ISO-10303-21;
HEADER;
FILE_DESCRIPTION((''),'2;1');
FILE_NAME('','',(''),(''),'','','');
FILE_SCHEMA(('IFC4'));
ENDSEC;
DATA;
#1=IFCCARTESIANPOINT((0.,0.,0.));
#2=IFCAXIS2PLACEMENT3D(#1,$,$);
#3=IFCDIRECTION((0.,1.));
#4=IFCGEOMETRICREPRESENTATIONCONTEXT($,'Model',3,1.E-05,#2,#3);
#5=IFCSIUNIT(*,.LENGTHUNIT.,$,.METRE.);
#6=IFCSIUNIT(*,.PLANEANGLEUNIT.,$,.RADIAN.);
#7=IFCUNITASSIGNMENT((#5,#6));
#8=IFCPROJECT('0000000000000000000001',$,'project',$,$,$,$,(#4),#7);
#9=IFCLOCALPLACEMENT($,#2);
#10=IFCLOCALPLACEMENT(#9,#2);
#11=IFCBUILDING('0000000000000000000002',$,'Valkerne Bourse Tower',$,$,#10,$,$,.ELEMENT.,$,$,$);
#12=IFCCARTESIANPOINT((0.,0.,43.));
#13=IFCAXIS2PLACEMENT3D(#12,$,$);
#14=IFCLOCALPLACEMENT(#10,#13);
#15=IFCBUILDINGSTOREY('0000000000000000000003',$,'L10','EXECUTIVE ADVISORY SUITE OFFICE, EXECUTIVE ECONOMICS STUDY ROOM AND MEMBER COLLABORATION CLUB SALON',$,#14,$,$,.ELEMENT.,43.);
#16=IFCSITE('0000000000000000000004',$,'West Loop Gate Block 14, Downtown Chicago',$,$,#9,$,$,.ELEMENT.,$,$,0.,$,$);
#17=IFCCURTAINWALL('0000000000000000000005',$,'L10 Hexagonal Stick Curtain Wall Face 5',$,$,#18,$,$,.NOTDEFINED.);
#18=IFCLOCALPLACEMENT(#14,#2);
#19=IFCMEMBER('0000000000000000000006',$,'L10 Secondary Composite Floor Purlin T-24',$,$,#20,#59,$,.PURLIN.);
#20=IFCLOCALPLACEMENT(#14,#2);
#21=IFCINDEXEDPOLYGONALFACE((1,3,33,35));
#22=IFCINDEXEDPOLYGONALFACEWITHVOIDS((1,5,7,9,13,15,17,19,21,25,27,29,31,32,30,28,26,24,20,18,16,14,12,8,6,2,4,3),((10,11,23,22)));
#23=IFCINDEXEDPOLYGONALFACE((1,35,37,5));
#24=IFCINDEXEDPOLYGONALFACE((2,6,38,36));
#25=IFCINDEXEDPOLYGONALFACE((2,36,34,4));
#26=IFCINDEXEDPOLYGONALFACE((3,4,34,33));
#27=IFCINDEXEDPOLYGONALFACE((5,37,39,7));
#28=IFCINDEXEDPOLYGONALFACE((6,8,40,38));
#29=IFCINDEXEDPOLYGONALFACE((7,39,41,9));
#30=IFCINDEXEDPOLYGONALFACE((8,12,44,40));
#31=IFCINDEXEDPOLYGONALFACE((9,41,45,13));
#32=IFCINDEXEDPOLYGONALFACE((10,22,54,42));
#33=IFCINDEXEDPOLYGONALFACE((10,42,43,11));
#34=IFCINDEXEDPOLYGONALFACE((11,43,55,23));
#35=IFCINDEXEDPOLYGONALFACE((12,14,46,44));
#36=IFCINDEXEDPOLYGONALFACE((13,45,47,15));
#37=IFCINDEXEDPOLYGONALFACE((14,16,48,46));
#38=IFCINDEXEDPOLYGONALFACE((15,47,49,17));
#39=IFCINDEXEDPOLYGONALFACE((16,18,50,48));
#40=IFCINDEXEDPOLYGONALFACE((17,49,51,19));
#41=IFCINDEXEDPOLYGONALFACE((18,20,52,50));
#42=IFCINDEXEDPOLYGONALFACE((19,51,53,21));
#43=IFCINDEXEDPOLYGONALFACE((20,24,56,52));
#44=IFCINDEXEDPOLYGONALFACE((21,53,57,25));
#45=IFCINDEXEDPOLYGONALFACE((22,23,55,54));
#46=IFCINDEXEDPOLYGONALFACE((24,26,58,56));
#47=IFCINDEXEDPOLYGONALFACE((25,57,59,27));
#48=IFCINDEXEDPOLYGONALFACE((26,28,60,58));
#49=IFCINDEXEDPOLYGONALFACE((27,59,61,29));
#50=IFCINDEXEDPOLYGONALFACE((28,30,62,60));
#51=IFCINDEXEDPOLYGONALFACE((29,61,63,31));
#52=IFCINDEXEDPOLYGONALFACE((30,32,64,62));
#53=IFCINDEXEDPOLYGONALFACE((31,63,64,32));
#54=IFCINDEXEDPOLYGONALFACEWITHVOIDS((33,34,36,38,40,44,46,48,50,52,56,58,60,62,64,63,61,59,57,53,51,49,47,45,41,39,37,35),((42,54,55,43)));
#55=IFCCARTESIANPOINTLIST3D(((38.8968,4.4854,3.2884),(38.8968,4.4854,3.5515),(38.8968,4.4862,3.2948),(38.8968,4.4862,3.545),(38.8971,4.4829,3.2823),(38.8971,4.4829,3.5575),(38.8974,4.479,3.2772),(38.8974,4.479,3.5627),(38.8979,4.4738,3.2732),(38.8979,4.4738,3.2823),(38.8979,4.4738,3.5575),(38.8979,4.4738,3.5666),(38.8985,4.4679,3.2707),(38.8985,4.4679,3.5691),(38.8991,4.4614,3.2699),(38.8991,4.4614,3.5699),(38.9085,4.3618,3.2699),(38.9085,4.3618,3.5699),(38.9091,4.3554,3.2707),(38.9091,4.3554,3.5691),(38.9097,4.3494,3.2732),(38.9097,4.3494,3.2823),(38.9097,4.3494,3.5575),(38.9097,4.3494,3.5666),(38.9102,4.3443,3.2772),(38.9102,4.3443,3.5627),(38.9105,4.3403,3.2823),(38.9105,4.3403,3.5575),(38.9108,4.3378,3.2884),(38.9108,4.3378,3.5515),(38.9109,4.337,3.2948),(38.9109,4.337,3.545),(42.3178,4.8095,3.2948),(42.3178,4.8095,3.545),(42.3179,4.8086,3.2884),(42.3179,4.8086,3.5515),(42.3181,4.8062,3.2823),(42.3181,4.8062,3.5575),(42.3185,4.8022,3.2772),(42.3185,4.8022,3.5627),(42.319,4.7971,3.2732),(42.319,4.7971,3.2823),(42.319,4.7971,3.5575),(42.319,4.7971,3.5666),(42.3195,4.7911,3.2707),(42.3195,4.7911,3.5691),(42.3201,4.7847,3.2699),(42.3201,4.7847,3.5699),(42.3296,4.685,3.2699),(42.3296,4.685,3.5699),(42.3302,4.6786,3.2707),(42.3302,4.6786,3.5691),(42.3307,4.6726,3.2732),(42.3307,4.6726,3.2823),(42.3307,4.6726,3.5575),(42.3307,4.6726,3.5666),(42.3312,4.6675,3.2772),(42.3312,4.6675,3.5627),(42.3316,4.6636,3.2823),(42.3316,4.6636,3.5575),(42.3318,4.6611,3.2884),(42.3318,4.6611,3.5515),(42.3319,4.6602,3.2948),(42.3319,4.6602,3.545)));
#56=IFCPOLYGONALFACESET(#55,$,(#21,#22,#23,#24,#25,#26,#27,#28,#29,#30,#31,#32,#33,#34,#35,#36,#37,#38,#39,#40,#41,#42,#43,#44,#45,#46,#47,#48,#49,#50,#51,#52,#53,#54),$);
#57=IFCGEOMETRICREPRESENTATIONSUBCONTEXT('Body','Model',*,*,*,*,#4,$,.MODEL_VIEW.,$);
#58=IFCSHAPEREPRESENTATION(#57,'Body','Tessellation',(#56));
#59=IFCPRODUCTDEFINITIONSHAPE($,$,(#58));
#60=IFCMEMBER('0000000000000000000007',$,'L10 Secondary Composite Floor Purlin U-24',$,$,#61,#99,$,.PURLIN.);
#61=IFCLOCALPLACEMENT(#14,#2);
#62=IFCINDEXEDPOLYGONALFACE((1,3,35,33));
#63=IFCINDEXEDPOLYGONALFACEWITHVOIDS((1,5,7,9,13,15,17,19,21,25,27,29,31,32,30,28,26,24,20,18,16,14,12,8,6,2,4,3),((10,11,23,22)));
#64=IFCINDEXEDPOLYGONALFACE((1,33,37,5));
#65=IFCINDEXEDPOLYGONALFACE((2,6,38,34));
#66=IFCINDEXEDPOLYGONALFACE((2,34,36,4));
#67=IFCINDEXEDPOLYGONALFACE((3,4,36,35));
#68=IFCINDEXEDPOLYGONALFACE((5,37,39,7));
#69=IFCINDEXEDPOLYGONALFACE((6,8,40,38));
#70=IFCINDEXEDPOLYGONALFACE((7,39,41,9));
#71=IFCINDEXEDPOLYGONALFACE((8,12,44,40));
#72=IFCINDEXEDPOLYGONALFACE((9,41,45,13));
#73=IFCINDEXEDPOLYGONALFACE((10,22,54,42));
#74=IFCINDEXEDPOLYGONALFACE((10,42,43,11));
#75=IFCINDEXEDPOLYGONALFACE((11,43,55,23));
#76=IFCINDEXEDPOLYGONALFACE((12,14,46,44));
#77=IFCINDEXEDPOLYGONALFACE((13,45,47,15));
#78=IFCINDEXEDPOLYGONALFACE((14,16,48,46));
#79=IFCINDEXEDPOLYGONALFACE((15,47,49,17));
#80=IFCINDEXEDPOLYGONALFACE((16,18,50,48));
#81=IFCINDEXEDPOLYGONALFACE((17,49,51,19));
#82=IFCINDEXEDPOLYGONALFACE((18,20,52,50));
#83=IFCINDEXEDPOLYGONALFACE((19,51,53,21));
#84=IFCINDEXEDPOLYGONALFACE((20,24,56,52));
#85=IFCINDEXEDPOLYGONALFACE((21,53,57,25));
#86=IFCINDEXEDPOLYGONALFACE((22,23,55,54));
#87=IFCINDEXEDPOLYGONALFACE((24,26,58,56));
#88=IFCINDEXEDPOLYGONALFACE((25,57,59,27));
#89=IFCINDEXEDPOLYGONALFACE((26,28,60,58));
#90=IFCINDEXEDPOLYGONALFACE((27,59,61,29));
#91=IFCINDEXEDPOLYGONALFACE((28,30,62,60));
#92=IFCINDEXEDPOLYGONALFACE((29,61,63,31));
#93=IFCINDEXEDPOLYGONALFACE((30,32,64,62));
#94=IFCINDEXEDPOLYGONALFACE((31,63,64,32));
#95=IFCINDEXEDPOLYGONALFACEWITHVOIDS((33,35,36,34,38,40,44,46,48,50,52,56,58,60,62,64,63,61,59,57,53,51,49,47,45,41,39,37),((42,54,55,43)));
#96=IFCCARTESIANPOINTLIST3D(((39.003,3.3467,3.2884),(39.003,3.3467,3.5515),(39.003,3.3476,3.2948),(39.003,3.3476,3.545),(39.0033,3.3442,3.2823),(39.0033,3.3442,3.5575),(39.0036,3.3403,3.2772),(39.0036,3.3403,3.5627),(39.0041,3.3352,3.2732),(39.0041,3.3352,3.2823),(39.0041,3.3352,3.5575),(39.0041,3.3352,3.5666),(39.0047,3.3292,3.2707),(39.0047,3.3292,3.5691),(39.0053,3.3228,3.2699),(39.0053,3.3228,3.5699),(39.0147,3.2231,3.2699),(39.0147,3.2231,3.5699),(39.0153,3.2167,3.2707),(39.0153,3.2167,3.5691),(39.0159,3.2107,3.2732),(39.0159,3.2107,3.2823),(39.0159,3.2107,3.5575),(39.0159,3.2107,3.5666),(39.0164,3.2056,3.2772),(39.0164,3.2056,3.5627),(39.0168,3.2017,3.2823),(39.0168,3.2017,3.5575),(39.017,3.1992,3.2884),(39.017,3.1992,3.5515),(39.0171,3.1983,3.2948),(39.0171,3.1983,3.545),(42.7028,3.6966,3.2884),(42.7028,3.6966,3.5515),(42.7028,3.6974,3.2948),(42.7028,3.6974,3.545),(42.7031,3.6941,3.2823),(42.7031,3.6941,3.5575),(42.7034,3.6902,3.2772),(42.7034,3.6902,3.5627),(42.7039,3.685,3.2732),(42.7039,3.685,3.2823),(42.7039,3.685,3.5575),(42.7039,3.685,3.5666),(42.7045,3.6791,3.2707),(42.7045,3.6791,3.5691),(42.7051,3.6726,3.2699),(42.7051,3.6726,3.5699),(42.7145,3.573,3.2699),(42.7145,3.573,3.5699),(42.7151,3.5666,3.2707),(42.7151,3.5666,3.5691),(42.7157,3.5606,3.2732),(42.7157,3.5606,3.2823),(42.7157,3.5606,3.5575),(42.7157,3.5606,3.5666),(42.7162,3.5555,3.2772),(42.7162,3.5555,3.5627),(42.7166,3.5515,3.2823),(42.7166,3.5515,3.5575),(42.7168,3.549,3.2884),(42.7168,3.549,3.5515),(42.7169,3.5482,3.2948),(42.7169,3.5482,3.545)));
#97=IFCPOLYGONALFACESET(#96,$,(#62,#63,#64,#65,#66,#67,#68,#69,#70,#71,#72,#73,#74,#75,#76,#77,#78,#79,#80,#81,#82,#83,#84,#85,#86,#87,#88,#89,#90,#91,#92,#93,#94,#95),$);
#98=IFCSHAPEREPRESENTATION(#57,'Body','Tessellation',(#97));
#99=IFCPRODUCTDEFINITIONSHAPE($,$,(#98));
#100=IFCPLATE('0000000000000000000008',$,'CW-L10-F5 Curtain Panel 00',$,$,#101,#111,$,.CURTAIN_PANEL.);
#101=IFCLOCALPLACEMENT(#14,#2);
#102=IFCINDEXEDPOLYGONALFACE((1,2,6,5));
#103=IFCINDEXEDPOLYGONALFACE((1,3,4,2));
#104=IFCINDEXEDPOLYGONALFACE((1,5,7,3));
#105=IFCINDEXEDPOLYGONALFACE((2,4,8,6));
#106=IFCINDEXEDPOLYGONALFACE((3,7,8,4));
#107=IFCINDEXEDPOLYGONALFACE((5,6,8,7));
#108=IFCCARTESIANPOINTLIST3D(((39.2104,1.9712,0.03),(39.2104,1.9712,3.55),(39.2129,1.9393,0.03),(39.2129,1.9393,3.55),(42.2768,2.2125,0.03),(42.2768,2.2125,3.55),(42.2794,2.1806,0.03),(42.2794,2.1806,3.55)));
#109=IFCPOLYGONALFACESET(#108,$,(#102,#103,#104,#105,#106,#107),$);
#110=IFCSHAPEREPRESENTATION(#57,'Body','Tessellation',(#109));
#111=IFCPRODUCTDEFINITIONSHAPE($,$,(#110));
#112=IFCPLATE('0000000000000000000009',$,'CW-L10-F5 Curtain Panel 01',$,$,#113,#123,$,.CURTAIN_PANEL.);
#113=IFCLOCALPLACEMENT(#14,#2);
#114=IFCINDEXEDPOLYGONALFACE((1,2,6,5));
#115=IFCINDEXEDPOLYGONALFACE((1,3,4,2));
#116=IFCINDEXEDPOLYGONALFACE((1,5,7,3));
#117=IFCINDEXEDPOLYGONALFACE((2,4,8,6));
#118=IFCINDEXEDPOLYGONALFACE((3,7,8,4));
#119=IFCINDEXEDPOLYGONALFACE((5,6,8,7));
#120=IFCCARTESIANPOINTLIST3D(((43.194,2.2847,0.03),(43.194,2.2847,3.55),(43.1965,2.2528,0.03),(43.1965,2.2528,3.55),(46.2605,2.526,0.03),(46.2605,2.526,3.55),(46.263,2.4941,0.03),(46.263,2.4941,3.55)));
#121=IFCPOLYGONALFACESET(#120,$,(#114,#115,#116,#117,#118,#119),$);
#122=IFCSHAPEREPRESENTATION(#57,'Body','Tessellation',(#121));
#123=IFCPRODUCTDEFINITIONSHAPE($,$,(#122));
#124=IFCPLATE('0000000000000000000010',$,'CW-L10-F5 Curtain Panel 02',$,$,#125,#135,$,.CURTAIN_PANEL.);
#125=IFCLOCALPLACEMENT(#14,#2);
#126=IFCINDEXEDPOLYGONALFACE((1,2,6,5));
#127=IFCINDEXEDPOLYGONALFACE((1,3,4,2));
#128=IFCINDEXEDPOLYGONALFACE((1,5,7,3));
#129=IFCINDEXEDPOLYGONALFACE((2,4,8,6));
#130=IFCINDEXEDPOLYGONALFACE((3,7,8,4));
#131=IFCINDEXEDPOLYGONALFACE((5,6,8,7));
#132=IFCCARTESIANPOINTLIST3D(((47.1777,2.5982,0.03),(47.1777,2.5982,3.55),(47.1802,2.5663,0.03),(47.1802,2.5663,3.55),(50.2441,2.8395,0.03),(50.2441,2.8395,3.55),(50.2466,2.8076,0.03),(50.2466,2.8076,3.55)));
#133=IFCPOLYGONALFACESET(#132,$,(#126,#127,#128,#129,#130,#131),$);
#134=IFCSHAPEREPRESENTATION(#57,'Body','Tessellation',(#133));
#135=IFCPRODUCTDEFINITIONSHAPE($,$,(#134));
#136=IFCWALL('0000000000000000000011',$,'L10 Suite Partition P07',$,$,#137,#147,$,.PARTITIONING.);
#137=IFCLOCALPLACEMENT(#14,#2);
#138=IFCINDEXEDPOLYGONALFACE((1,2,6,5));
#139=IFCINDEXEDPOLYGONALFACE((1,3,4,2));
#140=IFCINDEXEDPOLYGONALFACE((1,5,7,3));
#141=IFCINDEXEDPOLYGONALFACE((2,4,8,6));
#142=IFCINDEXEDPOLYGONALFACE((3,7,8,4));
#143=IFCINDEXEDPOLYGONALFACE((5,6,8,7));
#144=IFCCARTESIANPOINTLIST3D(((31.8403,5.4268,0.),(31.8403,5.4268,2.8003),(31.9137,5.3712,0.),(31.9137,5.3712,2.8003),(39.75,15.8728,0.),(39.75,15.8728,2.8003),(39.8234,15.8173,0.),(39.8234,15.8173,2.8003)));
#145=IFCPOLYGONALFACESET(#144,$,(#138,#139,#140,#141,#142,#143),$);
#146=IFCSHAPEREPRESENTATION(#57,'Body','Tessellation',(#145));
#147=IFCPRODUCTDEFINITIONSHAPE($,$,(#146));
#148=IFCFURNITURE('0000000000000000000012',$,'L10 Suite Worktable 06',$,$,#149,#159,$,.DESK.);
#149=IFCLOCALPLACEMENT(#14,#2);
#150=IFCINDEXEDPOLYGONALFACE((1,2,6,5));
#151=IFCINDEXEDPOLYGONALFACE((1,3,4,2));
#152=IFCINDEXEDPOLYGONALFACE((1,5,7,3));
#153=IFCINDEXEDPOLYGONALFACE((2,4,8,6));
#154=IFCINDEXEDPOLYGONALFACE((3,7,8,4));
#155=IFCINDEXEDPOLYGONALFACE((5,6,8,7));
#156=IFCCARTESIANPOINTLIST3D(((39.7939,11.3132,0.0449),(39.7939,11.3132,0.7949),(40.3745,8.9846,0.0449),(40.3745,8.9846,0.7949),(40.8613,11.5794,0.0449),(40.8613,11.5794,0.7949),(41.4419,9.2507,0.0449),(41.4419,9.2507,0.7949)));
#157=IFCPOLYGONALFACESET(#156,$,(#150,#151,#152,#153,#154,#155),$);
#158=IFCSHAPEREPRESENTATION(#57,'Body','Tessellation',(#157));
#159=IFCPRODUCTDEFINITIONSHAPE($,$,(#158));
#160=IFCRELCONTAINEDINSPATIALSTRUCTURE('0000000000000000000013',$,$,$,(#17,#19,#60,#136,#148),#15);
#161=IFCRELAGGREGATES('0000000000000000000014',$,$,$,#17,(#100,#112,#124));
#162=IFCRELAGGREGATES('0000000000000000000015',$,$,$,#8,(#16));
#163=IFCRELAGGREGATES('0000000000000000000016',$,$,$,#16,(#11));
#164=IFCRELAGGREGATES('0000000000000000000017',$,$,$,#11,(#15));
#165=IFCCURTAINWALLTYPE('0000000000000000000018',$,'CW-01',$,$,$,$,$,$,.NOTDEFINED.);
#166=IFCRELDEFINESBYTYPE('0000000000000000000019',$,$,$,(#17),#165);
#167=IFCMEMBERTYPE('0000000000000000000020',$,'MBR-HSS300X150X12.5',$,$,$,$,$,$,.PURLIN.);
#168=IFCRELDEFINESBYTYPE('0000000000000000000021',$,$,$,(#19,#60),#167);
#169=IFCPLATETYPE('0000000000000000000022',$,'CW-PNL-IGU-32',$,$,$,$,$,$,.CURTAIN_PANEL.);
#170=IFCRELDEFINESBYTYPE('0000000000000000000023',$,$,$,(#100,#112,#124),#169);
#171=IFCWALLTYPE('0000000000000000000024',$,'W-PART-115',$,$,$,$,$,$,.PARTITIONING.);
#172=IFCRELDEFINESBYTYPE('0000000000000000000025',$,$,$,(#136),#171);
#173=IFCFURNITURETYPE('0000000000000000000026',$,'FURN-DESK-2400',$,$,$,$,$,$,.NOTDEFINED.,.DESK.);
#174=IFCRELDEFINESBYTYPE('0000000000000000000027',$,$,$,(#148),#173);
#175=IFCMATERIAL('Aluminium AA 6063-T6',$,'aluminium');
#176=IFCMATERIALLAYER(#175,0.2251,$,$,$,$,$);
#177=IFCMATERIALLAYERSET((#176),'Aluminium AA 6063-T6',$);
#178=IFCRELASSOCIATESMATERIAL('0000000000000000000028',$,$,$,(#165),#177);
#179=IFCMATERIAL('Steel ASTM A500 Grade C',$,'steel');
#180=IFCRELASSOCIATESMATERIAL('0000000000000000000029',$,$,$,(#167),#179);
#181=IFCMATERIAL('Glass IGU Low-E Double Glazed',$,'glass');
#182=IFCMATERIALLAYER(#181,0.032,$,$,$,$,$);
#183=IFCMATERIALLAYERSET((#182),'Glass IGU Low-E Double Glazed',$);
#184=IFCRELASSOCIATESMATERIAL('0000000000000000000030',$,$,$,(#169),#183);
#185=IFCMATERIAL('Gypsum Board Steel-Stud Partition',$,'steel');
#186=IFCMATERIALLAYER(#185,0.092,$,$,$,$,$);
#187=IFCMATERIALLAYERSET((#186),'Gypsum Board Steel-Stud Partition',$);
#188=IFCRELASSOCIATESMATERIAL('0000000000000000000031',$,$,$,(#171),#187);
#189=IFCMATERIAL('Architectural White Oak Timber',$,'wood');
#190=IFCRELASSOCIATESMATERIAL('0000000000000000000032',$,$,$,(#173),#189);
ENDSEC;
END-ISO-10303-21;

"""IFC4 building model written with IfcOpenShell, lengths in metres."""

from ifc_helpers import new_model, si_unit, direction, frame, frame_2d, origin, origin_2d, place, context, subcontext, project, spatial, rectangle, hollow_rectangle, extrude, material, layer, layer_set, material_profile, profile_set, type_object, element, aggregate, save


model = new_model("IFC4")

# Units and contexts
model_context = context("Model", 3, precision=1e-05, world=origin(), true_north=direction((0.0, 1.0)))
body_context = subcontext(model_context, "Body", "Model", "MODEL_VIEW")
ifc_project = project(units=[si_unit("LENGTHUNIT", "METRE"), si_unit("PLANEANGLEUNIT", "RADIAN")], contexts=[model_context])

# Site, building, storey
site_placement = place(None, origin())
site = spatial("IfcSite", under=ifc_project, at=site_placement, Name="West Loop Gate Block 14, Downtown Chicago", CompositionType="ELEMENT", RefElevation=0.0)
building_placement = place(site_placement, origin())
building = spatial("IfcBuilding", under=site, at=building_placement, Name="Valkerne Bourse Tower", CompositionType="ELEMENT")
storey_placement = place(building_placement, frame((0.0, 0.0, 43.0)))
storey = spatial("IfcBuildingStorey", under=building, at=storey_placement, Name="L10", Description="EXECUTIVE ADVISORY SUITE OFFICE, EXECUTIVE ECONOMICS STUDY ROOM AND MEMBER COLLABORATION CLUB SALON", CompositionType="ELEMENT", Elevation=43.0)

# Curtain wall
ifc_material_1 = material(Name="Aluminium AA 6063-T6", Category="aluminium")
ifc_layer_1 = layer(ifc_material_1, 0.2251)
ifc_layer_set_1 = layer_set([ifc_layer_1], Name="Aluminium AA 6063-T6")
curtain_wall_type = type_object("IfcCurtainWallType", Name="CW-01", PredefinedType="NOTDEFINED", material=ifc_layer_set_1)
curtain_wall_placement = place(storey_placement, origin())
curtain_wall = element("IfcCurtainWall", 1, at=curtain_wall_placement, inside=storey, type_object=curtain_wall_type, Name="L10 Hexagonal Stick Curtain Wall Face 5", PredefinedType="NOTDEFINED")

# Members
ifc_material_2 = material(Name="Steel ASTM A500 Grade C", Category="steel")
ifc_material_profile_1 = material_profile(ifc_material_2, hollow_rectangle(XDim=0.1499, YDim=0.3, WallThickness=0.0125, OuterFilletRadius=0.0249, at=origin_2d()), Name="HSS300X150X12.5")
ifc_profile_set_1 = profile_set([ifc_material_profile_1], Name="Steel ASTM A500 Grade C")
member_type_1 = type_object("IfcMemberType", Name="MBR-HSS300X150X12.5", PredefinedType="PURLIN", material=ifc_profile_set_1)
member_1_placement = place(storey_placement, frame((38.9038, 4.4116, 3.4199), z_axis=(0.995566, 0.094065, 0.0), x_axis=(-0.094065, 0.995566, 0.0)))
element("IfcMember", 2, at=member_1_placement, inside=storey, type_object=member_type_1, Name="L10 Secondary Composite Floor Purlin T-24", PredefinedType="PURLIN", context=body_context, shape_type="SweptSolid", body=[
    extrude(hollow_rectangle(XDim=0.1499, YDim=0.3, WallThickness=0.0125, OuterFilletRadius=0.0249, at=origin_2d()), origin(), (0.0, 0.0, 1.0), 3.4363),
])
member_2_placement = place(storey_placement, frame((39.01, 3.2729, 3.4199), z_axis=(0.995559, 0.094143, 0.0), x_axis=(-0.094143, 0.995559, 0.0)))
element("IfcMember", 3, at=member_2_placement, inside=storey, type_object=member_type_1, Name="L10 Secondary Composite Floor Purlin U-24", PredefinedType="PURLIN", context=body_context, shape_type="SweptSolid", body=[
    extrude(hollow_rectangle(XDim=0.1499, YDim=0.3, WallThickness=0.0125, OuterFilletRadius=0.0249, at=origin_2d()), origin(), (0.0, 0.0, 1.0), 3.7163),
])

# Plates
ifc_material_3 = material(Name="Glass IGU Low-E Double Glazed", Category="glass")
ifc_layer_2 = layer(ifc_material_3, 0.032)
ifc_layer_set_2 = layer_set([ifc_layer_2], Name="Glass IGU Low-E Double Glazed")
plate_type = type_object("IfcPlateType", Name="CW-PNL-IGU-32", PredefinedType="CURTAIN_PANEL", material=ifc_layer_set_2)
plate_1_placement = place(storey_placement, frame((40.7449, 2.0759, 0.03), z_axis=(0.0, 0.0, 1.0), x_axis=(0.996918, 0.078453, 0.0)))
plate_1 = element("IfcPlate", 4, at=plate_1_placement, type_object=plate_type, Name="CW-L10-F5 Curtain Panel 00", PredefinedType="CURTAIN_PANEL", context=body_context, shape_type="SweptSolid", body=[
    extrude(rectangle(XDim=3.0759, YDim=0.032, at=origin_2d()), origin(), (0.0, 0.0, 1.0), 3.52),
])
plate_2_placement = place(storey_placement, frame((44.7285, 2.3894, 0.03), z_axis=(0.0, 0.0, 1.0), x_axis=(0.996918, 0.078453, 0.0)))
plate_2 = element("IfcPlate", 5, at=plate_2_placement, type_object=plate_type, Name="CW-L10-F5 Curtain Panel 01", PredefinedType="CURTAIN_PANEL", context=body_context, shape_type="SweptSolid", body=[
    extrude(rectangle(XDim=3.0759, YDim=0.032, at=origin_2d()), origin(), (0.0, 0.0, 1.0), 3.52),
])
plate_3_placement = place(storey_placement, frame((48.7122, 2.7029, 0.03), z_axis=(0.0, 0.0, 1.0), x_axis=(0.996918, 0.078453, 0.0)))
plate_3 = element("IfcPlate", 6, at=plate_3_placement, type_object=plate_type, Name="CW-L10-F5 Curtain Panel 02", PredefinedType="CURTAIN_PANEL", context=body_context, shape_type="SweptSolid", body=[
    extrude(rectangle(XDim=3.0759, YDim=0.032, at=origin_2d()), origin(), (0.0, 0.0, 1.0), 3.52),
])
aggregate(curtain_wall, [plate_1, plate_2, plate_3])

# Wall
ifc_material_4 = material(Name="Gypsum Board Steel-Stud Partition", Category="steel")
ifc_layer_3 = layer(ifc_material_4, 0.092)
ifc_layer_set_3 = layer_set([ifc_layer_3], Name="Gypsum Board Steel-Stud Partition")
wall_type = type_object("IfcWallType", Name="W-PART-115", PredefinedType="PARTITIONING", material=ifc_layer_set_3)
wall_placement = place(storey_placement, frame((39.7866, 15.845, 0.0), z_axis=(0.0, 0.0, 1.0), x_axis=(-0.603664, -0.797239, 0.0)))
element("IfcWall", 7, at=wall_placement, inside=storey, type_object=wall_type, Name="L10 Suite Partition P07", PredefinedType="PARTITIONING", context=body_context, shape_type="SweptSolid", body=[
    extrude(rectangle(XDim=13.1028, YDim=0.092, at=frame_2d((6.5513, 0.0))), origin(), (0.0, 0.0, 1.0), 2.8003),
])

# Furniture
ifc_material_5 = material(Name="Architectural White Oak Timber", Category="wood")
furniture_type = type_object("IfcFurnitureType", Name="FURN-DESK-2400", AssemblyPlace="NOTDEFINED", PredefinedType="DESK", material=ifc_material_5)
furniture_placement = place(storey_placement, frame((40.6179, 10.282, 0.0449), z_axis=(0.0, 0.0, 1.0), x_axis=(-0.241922, 0.970296, 0.0)))
element("IfcFurniture", 8, at=furniture_placement, inside=storey, type_object=furniture_type, Name="L10 Suite Worktable 06", PredefinedType="DESK", context=body_context, shape_type="SweptSolid", body=[
    extrude(rectangle(XDim=2.3999, YDim=1.1001, at=origin_2d()), origin(), (0.0, 0.0, 1.0), 0.75),
])

save(model, "model.ifc")
